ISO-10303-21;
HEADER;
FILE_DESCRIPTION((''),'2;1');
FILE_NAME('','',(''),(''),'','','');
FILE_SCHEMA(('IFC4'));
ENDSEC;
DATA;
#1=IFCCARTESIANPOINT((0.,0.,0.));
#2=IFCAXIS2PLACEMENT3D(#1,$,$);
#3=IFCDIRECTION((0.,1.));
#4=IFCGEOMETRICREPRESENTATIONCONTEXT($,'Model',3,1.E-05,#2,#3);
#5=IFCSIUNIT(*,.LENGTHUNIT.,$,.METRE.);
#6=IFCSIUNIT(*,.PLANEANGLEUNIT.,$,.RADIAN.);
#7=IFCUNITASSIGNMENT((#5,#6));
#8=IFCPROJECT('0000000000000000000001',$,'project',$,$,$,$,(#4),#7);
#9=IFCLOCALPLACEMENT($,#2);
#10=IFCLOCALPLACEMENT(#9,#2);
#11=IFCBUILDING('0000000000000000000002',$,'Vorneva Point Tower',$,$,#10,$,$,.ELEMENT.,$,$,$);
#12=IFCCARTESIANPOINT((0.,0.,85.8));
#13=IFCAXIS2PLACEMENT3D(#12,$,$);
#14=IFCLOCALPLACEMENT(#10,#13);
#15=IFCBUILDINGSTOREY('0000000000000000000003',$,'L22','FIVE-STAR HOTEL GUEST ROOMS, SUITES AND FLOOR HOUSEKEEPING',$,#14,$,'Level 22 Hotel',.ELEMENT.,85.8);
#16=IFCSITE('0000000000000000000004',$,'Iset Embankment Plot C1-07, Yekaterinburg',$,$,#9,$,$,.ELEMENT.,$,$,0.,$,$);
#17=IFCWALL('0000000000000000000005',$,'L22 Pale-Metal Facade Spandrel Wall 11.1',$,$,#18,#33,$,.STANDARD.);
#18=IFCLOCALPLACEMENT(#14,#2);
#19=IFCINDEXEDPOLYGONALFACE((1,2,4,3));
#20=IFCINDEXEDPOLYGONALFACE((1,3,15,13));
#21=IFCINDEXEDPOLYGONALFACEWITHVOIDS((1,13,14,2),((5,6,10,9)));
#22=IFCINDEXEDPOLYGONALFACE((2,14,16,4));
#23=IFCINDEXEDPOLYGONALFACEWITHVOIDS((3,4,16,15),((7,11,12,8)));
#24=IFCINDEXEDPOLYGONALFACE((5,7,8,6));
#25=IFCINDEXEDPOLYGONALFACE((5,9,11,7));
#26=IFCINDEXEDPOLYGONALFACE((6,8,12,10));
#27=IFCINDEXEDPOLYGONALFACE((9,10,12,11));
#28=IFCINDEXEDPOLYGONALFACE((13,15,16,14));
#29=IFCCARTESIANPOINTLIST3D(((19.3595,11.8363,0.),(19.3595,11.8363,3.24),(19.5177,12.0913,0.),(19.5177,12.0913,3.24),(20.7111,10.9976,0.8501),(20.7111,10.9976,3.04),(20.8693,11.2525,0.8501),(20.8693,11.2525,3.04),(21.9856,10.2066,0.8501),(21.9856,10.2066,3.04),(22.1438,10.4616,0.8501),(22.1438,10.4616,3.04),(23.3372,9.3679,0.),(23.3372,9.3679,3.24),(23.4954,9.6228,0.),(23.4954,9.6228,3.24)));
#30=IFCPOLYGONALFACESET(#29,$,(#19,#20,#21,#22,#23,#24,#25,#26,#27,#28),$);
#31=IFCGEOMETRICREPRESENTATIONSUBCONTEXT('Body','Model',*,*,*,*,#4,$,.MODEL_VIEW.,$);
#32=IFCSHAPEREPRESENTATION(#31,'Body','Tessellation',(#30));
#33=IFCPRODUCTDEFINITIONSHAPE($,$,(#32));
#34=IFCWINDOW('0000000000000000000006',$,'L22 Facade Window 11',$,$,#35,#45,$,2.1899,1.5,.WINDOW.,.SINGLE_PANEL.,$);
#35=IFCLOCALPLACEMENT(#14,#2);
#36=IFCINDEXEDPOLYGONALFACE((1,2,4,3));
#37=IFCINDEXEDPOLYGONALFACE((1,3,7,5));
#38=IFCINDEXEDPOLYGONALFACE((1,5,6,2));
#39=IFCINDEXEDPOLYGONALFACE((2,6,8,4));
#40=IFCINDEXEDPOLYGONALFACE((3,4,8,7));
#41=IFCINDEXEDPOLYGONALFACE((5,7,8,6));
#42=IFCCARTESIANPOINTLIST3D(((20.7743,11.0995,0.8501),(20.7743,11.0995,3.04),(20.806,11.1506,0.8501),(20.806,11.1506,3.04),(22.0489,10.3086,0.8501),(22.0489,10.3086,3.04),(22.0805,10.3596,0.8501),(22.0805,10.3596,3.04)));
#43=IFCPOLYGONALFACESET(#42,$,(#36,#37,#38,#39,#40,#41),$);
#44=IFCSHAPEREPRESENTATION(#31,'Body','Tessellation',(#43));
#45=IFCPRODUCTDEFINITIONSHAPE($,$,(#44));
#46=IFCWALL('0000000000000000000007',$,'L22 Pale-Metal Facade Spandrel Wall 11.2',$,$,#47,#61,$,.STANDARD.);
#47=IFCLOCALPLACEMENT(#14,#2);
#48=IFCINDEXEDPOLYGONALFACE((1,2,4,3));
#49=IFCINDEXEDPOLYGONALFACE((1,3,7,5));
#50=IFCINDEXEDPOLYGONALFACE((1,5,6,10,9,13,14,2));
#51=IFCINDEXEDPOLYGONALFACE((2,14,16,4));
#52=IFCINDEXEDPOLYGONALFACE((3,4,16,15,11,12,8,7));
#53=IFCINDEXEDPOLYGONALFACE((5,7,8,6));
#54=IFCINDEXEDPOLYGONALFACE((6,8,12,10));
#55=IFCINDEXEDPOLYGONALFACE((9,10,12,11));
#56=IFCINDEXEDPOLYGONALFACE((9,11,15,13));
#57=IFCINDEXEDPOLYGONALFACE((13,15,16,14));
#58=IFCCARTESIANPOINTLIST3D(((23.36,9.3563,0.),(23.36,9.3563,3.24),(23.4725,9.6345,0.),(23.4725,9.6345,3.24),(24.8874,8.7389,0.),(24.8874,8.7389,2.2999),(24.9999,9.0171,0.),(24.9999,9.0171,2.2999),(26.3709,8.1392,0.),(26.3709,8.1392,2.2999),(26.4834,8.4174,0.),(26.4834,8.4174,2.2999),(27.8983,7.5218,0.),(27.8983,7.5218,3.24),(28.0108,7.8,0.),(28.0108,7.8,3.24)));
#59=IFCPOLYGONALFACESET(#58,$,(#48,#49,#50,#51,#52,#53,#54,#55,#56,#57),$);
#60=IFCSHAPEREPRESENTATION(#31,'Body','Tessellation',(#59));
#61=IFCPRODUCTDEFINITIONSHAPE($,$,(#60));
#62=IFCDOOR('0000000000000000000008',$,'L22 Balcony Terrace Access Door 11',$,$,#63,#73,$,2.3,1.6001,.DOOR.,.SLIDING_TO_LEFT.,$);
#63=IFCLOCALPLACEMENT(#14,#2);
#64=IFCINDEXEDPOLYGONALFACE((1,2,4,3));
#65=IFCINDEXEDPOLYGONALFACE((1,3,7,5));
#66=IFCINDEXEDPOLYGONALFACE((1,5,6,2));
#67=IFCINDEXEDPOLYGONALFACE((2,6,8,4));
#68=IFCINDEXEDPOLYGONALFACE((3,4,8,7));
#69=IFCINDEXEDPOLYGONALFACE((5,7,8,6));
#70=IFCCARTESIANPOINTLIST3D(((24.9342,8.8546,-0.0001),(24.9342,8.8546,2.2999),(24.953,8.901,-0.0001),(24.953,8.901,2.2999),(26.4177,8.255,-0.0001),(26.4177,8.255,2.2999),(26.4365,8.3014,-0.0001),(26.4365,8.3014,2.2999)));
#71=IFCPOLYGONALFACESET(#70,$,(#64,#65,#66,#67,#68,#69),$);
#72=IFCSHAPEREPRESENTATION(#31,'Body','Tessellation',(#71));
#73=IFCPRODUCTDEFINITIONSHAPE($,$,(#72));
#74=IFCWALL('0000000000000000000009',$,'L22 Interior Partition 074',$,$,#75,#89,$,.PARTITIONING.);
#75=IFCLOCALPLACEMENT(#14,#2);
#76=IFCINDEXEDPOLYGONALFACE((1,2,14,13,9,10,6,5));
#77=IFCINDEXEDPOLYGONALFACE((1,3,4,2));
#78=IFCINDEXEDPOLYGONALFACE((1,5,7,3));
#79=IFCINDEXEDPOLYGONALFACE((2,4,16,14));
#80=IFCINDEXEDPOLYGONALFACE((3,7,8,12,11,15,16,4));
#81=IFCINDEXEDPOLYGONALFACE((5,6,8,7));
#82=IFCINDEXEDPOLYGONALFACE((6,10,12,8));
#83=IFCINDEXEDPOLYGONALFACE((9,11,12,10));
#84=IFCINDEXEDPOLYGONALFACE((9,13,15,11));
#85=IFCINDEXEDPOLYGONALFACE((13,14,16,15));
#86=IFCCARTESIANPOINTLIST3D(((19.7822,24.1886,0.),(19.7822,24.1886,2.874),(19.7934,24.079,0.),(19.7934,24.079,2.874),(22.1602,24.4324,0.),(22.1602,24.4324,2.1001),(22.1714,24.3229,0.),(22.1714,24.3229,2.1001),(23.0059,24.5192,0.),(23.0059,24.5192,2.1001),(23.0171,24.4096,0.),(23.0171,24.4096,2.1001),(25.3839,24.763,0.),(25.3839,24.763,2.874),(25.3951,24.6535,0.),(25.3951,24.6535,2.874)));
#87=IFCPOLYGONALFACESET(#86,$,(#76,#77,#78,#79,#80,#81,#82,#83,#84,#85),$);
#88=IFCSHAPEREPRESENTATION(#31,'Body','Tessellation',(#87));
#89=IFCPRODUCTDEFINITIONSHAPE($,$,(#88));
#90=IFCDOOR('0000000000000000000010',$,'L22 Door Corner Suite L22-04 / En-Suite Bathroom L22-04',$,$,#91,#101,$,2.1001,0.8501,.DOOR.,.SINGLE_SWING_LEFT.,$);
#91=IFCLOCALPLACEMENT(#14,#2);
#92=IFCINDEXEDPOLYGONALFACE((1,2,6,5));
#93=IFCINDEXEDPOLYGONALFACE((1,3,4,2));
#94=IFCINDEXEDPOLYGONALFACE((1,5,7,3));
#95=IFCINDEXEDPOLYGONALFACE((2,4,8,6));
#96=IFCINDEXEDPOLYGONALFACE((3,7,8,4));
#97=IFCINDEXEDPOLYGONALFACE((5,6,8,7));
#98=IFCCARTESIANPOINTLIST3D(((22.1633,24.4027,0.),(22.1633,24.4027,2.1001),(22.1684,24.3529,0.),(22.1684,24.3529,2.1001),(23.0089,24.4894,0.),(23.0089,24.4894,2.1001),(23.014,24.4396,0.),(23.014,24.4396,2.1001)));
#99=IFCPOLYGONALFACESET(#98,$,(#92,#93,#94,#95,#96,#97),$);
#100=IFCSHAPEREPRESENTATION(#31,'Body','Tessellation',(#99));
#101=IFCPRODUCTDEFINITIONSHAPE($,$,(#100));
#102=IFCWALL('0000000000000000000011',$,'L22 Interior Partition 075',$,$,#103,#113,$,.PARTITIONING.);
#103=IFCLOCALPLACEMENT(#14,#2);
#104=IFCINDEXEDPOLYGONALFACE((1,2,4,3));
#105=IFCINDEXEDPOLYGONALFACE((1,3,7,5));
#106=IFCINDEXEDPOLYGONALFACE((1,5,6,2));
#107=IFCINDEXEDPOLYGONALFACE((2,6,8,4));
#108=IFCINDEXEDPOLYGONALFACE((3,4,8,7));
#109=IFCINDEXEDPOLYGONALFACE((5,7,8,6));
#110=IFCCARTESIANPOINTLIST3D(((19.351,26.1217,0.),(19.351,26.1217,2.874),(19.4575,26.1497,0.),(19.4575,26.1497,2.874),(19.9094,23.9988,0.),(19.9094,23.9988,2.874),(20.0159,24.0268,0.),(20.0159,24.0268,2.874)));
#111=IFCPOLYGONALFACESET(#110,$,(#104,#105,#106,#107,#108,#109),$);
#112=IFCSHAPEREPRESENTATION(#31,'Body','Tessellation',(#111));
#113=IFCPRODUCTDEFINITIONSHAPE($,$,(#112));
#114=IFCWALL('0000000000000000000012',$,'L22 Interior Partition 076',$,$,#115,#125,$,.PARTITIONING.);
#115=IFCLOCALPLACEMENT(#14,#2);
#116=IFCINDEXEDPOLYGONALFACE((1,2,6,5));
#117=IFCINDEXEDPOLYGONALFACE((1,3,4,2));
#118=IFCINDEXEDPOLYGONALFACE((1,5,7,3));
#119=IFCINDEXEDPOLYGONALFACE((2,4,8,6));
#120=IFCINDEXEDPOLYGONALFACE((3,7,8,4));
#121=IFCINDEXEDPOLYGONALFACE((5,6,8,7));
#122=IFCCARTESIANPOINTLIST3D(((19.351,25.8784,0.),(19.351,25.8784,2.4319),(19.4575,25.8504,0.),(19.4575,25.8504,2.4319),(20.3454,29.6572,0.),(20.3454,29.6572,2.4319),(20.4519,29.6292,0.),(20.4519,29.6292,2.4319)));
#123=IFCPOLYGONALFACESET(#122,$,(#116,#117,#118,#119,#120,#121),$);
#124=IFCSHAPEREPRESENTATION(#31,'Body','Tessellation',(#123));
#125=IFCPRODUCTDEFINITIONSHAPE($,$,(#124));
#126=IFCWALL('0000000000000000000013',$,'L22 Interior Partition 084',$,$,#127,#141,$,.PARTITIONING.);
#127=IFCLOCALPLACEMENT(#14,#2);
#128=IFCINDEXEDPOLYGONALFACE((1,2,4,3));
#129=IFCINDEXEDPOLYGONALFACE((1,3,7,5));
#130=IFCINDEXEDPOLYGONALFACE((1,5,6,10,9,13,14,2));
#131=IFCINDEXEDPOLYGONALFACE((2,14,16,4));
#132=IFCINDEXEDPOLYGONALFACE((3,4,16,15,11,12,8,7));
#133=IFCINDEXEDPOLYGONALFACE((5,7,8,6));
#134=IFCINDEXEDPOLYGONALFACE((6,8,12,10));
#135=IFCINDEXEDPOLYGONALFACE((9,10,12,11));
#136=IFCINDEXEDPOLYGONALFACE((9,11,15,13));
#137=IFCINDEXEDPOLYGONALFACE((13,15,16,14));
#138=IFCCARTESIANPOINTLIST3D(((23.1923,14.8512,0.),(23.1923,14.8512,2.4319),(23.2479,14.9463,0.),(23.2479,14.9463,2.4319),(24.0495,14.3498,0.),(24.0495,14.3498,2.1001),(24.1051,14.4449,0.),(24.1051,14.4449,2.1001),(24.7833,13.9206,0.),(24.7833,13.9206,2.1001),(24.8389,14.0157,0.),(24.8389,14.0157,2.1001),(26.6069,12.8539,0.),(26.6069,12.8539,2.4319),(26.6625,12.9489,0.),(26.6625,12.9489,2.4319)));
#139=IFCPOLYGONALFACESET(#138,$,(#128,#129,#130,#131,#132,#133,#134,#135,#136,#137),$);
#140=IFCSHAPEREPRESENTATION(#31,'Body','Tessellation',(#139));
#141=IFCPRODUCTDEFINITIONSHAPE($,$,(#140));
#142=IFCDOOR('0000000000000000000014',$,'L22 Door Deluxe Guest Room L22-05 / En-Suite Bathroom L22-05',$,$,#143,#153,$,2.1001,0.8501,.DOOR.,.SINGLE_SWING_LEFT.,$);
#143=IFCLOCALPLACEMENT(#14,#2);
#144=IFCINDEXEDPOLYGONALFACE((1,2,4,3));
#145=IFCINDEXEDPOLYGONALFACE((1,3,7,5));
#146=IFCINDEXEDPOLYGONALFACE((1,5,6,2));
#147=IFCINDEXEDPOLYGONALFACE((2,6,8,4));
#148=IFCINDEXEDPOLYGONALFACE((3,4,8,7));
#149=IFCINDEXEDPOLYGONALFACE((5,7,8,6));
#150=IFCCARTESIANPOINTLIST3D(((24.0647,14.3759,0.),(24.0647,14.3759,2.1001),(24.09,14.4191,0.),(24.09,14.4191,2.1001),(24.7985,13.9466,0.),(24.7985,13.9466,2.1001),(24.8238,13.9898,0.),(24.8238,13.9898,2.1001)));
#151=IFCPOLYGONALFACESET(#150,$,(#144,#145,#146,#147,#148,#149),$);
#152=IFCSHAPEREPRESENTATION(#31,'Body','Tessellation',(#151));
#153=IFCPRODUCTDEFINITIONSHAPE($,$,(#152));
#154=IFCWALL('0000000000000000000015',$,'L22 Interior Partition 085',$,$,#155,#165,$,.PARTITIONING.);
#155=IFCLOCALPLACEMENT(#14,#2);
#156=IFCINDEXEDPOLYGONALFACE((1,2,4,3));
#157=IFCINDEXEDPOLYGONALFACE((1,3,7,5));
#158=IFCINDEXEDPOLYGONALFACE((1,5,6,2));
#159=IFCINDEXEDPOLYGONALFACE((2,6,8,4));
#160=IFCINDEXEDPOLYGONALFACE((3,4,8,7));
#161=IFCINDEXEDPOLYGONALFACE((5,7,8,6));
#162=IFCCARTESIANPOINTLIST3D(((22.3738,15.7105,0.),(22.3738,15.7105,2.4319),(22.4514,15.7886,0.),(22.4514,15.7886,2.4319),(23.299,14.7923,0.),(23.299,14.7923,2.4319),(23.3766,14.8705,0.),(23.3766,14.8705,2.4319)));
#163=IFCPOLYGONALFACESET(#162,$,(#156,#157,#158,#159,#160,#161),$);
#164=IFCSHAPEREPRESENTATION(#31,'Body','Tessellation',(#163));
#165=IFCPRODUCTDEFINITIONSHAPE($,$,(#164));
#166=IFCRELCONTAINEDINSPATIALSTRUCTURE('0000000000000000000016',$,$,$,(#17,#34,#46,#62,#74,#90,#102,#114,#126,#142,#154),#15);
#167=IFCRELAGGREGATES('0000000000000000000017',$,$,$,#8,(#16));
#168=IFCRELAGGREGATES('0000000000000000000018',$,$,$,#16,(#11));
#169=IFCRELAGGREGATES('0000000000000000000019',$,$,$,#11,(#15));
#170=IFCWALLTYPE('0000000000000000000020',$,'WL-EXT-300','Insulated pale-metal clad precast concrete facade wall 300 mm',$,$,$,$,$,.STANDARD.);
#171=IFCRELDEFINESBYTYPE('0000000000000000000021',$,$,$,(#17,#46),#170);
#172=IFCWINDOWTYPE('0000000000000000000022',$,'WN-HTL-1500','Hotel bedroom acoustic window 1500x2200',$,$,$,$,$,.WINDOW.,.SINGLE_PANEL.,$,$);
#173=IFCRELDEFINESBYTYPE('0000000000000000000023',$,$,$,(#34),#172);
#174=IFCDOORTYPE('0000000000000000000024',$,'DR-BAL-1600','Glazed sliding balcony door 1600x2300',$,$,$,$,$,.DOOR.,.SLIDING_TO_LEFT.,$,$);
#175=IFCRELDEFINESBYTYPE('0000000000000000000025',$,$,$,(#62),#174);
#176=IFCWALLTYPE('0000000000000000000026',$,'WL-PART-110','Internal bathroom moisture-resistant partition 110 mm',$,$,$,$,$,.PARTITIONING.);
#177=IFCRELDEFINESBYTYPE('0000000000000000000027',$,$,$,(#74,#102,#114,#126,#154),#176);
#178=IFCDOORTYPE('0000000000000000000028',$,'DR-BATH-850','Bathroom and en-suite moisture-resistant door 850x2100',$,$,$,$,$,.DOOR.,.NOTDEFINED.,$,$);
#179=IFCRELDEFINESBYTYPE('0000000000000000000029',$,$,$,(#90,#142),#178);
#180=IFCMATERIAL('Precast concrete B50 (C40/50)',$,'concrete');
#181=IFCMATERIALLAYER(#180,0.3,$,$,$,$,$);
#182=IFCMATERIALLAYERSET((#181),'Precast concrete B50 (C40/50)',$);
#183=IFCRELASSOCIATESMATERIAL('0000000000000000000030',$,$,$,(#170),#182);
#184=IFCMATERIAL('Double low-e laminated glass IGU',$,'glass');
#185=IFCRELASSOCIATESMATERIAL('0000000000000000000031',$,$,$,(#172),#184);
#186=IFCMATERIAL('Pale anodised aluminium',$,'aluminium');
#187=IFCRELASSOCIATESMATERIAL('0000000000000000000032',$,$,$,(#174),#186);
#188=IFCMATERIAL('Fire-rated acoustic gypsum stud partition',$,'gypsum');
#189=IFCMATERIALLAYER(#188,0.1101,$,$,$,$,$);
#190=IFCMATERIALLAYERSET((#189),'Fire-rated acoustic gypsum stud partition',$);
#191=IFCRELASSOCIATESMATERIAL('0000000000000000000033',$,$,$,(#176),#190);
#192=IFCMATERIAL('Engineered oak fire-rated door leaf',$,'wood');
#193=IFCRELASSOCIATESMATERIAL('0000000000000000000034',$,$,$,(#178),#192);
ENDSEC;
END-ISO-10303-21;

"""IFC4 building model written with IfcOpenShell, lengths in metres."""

from ifc_helpers import new_model, si_unit, direction, frame, frame_2d, origin, place, context, subcontext, project, spatial, rectangle, extrude, material, layer, layer_set, type_object, element, fill, save


model = new_model("IFC4")

# Units and contexts
model_context = context("Model", 3, precision=1e-05, world=origin(), true_north=direction((0.0, 1.0)))
body_context = subcontext(model_context, "Body", "Model", "MODEL_VIEW")
ifc_project = project(units=[si_unit("LENGTHUNIT", "METRE"), si_unit("PLANEANGLEUNIT", "RADIAN")], contexts=[model_context])

# Site, building, storey
site_placement = place(None, origin())
site = spatial("IfcSite", under=ifc_project, at=site_placement, Name="Iset Embankment Plot C1-07, Yekaterinburg", CompositionType="ELEMENT", RefElevation=0.0)
building_placement = place(site_placement, origin())
building = spatial("IfcBuilding", under=site, at=building_placement, Name="Vorneva Point Tower", CompositionType="ELEMENT")
storey_placement = place(building_placement, frame((0.0, 0.0, 85.8)))
storey = spatial("IfcBuildingStorey", under=building, at=storey_placement, Name="L22", Description="FIVE-STAR HOTEL GUEST ROOMS, SUITES AND FLOOR HOUSEKEEPING", LongName="Level 22 Hotel", CompositionType="ELEMENT", Elevation=85.8)

# Shared definitions
ifc_material_1 = material(Name="Pale anodised aluminium", Category="aluminium")

# Wall, opening, window
ifc_material_2 = material(Name="Precast concrete B50 (C40/50)", Category="concrete")
ifc_layer_1 = layer(ifc_material_2, 0.3)
ifc_layer_set_1 = layer_set([ifc_layer_1], Name="Precast concrete B50 (C40/50)")
wall_type_1 = type_object("IfcWallType", Name="WL-EXT-300", Description="Insulated pale-metal clad precast concrete facade wall 300 mm", PredefinedType="STANDARD", material=ifc_layer_set_1)
wall_1_placement = place(storey_placement, frame((19.4385, 11.9639, 0.0), z_axis=(0.0, 0.0, 1.0), x_axis=(0.849684, -0.527291, 0.0)))
wall_1 = element("IfcWall", 1, at=wall_1_placement, inside=storey, type_object=wall_type_1, Name="L22 Pale-Metal Facade Spandrel Wall 11.1", PredefinedType="STANDARD", context=body_context, shape_type="SweptSolid", body=[
    extrude(rectangle(XDim=4.6814, YDim=0.3, at=frame_2d((2.3408, 0.0))), origin(), (0.0, 0.0, 1.0), 3.24),
])
opening_1_placement = place(wall_1_placement, frame((1.5908, 0.0, 0.8501)))
opening_1 = element("IfcOpeningElement", 2, at=opening_1_placement, cuts=wall_1, PredefinedType="OPENING", context=body_context, shape_type="SweptSolid", body=[
    extrude(rectangle(XDim=1.5, YDim=2.1899, at=frame_2d((0.75, 1.095))), frame((0.0, 0.165, 0.0), z_axis=(0.0, -1.0, 0.0), x_axis=(1.0, 0.0, 0.0)), (0.0, 0.0, 1.0), 0.3298),
])
ifc_material_3 = material(Name="Double low-e laminated glass IGU", Category="glass")
window_type = type_object("IfcWindowType", Name="WN-HTL-1500", Description="Hotel bedroom acoustic window 1500x2200", PartitioningType="SINGLE_PANEL", PredefinedType="WINDOW", material=ifc_material_3)
window_placement = place(opening_1_placement, origin())
window = element("IfcWindow", 3, at=window_placement, inside=storey, type_object=window_type, Name="L22 Facade Window 11", OverallHeight=2.1899, OverallWidth=1.5, PartitioningType="SINGLE_PANEL", PredefinedType="WINDOW", context=body_context, shape_type="SweptSolid", body=[
    extrude(rectangle(XDim=1.5, YDim=2.1899, at=frame_2d((0.75, 1.095))), frame((0.0, 0.03, 0.0), z_axis=(0.0, -1.0, 0.0), x_axis=(1.0, 0.0, 0.0)), (0.0, 0.0, 1.0), 0.0601),
])
fill(opening_1, window)

# Walls, openings, doors
wall_2_placement = place(storey_placement, frame((23.4163, 9.4954, 0.0), z_axis=(0.0, 0.0, 1.0), x_axis=(0.927122, -0.374759, 0.0)))
wall_2 = element("IfcWall", 4, at=wall_2_placement, inside=storey, type_object=wall_type_1, Name="L22 Pale-Metal Facade Spandrel Wall 11.2", PredefinedType="STANDARD", context=body_context, shape_type="SweptSolid", body=[
    extrude(rectangle(XDim=4.895, YDim=0.3, at=frame_2d((2.4475, 0.0))), origin(), (0.0, 0.0, 1.0), 3.24),
])
opening_2_placement = place(wall_2_placement, frame((1.6475, 0.0, 0.0)))
opening_2 = element("IfcOpeningElement", 5, at=opening_2_placement, cuts=wall_2, PredefinedType="OPENING", context=body_context, shape_type="SweptSolid", body=[
    extrude(rectangle(XDim=1.6001, YDim=2.3, at=frame_2d((0.8, 1.1499))), frame((0.0, 0.165, 0.0), z_axis=(0.0, -1.0, 0.0), x_axis=(1.0, 0.0, 0.0)), (0.0, 0.0, 1.0), 0.3298),
])
door_type_1 = type_object("IfcDoorType", Name="DR-BAL-1600", Description="Glazed sliding balcony door 1600x2300", OperationType="SLIDING_TO_LEFT", PredefinedType="DOOR", material=ifc_material_1)
door_1_placement = place(opening_2_placement, origin())
door_1 = element("IfcDoor", 6, at=door_1_placement, inside=storey, type_object=door_type_1, Name="L22 Balcony Terrace Access Door 11", OperationType="SLIDING_TO_LEFT", OverallHeight=2.3, OverallWidth=1.6001, PredefinedType="DOOR", context=body_context, shape_type="SweptSolid", body=[
    extrude(rectangle(XDim=1.6001, YDim=2.3, at=frame_2d((0.8, 1.1499))), frame((0.0, 0.0249, 0.0), z_axis=(0.0, -1.0, 0.0), x_axis=(1.0, 0.0, 0.0)), (0.0, 0.0, 1.0), 0.05),
])
fill(opening_2, door_1)
ifc_material_4 = material(Name="Fire-rated acoustic gypsum stud partition", Category="gypsum")
ifc_layer_2 = layer(ifc_material_4, 0.1101)
ifc_layer_set_2 = layer_set([ifc_layer_2], Name="Fire-rated acoustic gypsum stud partition")
wall_type_2 = type_object("IfcWallType", Name="WL-PART-110", Description="Internal bathroom moisture-resistant partition 110 mm", PredefinedType="PARTITIONING", material=ifc_layer_set_2)
wall_3_placement = place(storey_placement, frame((25.3894, 24.7083, 0.0), z_axis=(0.0, 0.0, 1.0), x_axis=(-0.994783, -0.102015, 0.0)))
wall_3 = element("IfcWall", 7, at=wall_3_placement, inside=storey, type_object=wall_type_2, Name="L22 Interior Partition 074", PredefinedType="PARTITIONING", context=body_context, shape_type="SweptSolid", body=[
    extrude(rectangle(XDim=5.6311, YDim=0.1101, at=frame_2d((2.8154, 0.0))), origin(), (0.0, 0.0, 1.0), 2.874),
])
opening_3_placement = place(wall_3_placement, frame((2.3904, 0.0, 0.0)))
opening_3 = element("IfcOpeningElement", 8, at=opening_3_placement, cuts=wall_3, PredefinedType="OPENING", context=body_context, shape_type="SweptSolid", body=[
    extrude(rectangle(XDim=0.8501, YDim=2.1001, at=frame_2d((0.425, 1.05))), frame((0.0, 0.0698, 0.0), z_axis=(0.0, -1.0, 0.0), x_axis=(1.0, 0.0, 0.0)), (0.0, 0.0, 1.0), 0.1399),
])
ifc_material_5 = material(Name="Engineered oak fire-rated door leaf", Category="wood")
door_type_2 = type_object("IfcDoorType", Name="DR-BATH-850", Description="Bathroom and en-suite moisture-resistant door 850x2100", OperationType="NOTDEFINED", PredefinedType="DOOR", material=ifc_material_5)
door_2_placement = place(opening_3_placement, origin())
door_2 = element("IfcDoor", 9, at=door_2_placement, inside=storey, type_object=door_type_2, Name="L22 Door Corner Suite L22-04 / En-Suite Bathroom L22-04", OperationType="SINGLE_SWING_LEFT", OverallHeight=2.1001, OverallWidth=0.8501, PredefinedType="DOOR", context=body_context, shape_type="SweptSolid", body=[
    extrude(rectangle(XDim=0.8501, YDim=2.1001, at=frame_2d((0.425, 1.05))), frame((0.0, 0.0249, 0.0), z_axis=(0.0, -1.0, 0.0), x_axis=(1.0, 0.0, 0.0)), (0.0, 0.0, 1.0), 0.05),
])
fill(opening_3, door_2)

# Walls
wall_4_placement = place(storey_placement, frame((19.9626, 24.0127, 0.0), z_axis=(0.0, 0.0, 1.0), x_axis=(-0.254373, 0.967106, 0.0)))
element("IfcWall", 10, at=wall_4_placement, inside=storey, type_object=wall_type_2, Name="L22 Interior Partition 075", PredefinedType="PARTITIONING", context=body_context, shape_type="SweptSolid", body=[
    extrude(rectangle(XDim=2.1951, YDim=0.1101, at=frame_2d((1.0977, 0.0))), origin(), (0.0, 0.0, 1.0), 2.874),
])
wall_5_placement = place(storey_placement, frame((19.4043, 25.8645, 0.0), z_axis=(0.0, 0.0, 1.0), x_axis=(0.254484, 0.967077, 0.0)))
element("IfcWall", 11, at=wall_5_placement, inside=storey, type_object=wall_type_2, Name="L22 Interior Partition 076", PredefinedType="PARTITIONING", context=body_context, shape_type="SweptSolid", body=[
    extrude(rectangle(XDim=3.9075, YDim=0.1101, at=frame_2d((1.9536, 0.0))), origin(), (0.0, 0.0, 1.0), 2.4319),
])

# Wall, opening, door
wall_6_placement = place(storey_placement, frame((26.6348, 12.9014, 0.0), z_axis=(0.0, 0.0, 1.0), x_axis=(-0.863174, 0.504907, 0.0)))
wall_6 = element("IfcWall", 12, at=wall_6_placement, inside=storey, type_object=wall_type_2, Name="L22 Interior Partition 084", PredefinedType="PARTITIONING", context=body_context, shape_type="SweptSolid", body=[
    extrude(rectangle(XDim=3.9558, YDim=0.1101, at=frame_2d((1.978, 0.0))), origin(), (0.0, 0.0, 1.0), 2.4319),
])
opening_4_placement = place(wall_6_placement, frame((2.1128, 0.0, 0.0)))
opening_4 = element("IfcOpeningElement", 13, at=opening_4_placement, cuts=wall_6, PredefinedType="OPENING", context=body_context, shape_type="SweptSolid", body=[
    extrude(rectangle(XDim=0.8501, YDim=2.1001, at=frame_2d((0.425, 1.05))), frame((0.0, 0.0698, 0.0), z_axis=(0.0, -1.0, 0.0), x_axis=(1.0, 0.0, 0.0)), (0.0, 0.0, 1.0), 0.1399),
])
door_3_placement = place(opening_4_placement, origin())
door_3 = element("IfcDoor", 14, at=door_3_placement, inside=storey, type_object=door_type_2, Name="L22 Door Deluxe Guest Room L22-05 / En-Suite Bathroom L22-05", OperationType="SINGLE_SWING_LEFT", OverallHeight=2.1001, OverallWidth=0.8501, PredefinedType="DOOR", context=body_context, shape_type="SweptSolid", body=[
    extrude(rectangle(XDim=0.8501, YDim=2.1001, at=frame_2d((0.425, 1.05))), frame((0.0, 0.0249, 0.0), z_axis=(0.0, -1.0, 0.0), x_axis=(1.0, 0.0, 0.0)), (0.0, 0.0, 1.0), 0.05),
])
fill(opening_4, door_3)

# Wall
wall_7_placement = place(storey_placement, frame((23.3379, 14.8313, 0.0), z_axis=(0.0, 0.0, 1.0), x_axis=(-0.709817, 0.704386, 0.0)))
element("IfcWall", 15, at=wall_7_placement, inside=storey, type_object=wall_type_2, Name="L22 Interior Partition 085", PredefinedType="PARTITIONING", context=body_context, shape_type="SweptSolid", body=[
    extrude(rectangle(XDim=1.3035, YDim=0.1101, at=frame_2d((0.6519, 0.0))), origin(), (0.0, 0.0, 1.0), 2.4319),
])

save(model, "model.ifc")
